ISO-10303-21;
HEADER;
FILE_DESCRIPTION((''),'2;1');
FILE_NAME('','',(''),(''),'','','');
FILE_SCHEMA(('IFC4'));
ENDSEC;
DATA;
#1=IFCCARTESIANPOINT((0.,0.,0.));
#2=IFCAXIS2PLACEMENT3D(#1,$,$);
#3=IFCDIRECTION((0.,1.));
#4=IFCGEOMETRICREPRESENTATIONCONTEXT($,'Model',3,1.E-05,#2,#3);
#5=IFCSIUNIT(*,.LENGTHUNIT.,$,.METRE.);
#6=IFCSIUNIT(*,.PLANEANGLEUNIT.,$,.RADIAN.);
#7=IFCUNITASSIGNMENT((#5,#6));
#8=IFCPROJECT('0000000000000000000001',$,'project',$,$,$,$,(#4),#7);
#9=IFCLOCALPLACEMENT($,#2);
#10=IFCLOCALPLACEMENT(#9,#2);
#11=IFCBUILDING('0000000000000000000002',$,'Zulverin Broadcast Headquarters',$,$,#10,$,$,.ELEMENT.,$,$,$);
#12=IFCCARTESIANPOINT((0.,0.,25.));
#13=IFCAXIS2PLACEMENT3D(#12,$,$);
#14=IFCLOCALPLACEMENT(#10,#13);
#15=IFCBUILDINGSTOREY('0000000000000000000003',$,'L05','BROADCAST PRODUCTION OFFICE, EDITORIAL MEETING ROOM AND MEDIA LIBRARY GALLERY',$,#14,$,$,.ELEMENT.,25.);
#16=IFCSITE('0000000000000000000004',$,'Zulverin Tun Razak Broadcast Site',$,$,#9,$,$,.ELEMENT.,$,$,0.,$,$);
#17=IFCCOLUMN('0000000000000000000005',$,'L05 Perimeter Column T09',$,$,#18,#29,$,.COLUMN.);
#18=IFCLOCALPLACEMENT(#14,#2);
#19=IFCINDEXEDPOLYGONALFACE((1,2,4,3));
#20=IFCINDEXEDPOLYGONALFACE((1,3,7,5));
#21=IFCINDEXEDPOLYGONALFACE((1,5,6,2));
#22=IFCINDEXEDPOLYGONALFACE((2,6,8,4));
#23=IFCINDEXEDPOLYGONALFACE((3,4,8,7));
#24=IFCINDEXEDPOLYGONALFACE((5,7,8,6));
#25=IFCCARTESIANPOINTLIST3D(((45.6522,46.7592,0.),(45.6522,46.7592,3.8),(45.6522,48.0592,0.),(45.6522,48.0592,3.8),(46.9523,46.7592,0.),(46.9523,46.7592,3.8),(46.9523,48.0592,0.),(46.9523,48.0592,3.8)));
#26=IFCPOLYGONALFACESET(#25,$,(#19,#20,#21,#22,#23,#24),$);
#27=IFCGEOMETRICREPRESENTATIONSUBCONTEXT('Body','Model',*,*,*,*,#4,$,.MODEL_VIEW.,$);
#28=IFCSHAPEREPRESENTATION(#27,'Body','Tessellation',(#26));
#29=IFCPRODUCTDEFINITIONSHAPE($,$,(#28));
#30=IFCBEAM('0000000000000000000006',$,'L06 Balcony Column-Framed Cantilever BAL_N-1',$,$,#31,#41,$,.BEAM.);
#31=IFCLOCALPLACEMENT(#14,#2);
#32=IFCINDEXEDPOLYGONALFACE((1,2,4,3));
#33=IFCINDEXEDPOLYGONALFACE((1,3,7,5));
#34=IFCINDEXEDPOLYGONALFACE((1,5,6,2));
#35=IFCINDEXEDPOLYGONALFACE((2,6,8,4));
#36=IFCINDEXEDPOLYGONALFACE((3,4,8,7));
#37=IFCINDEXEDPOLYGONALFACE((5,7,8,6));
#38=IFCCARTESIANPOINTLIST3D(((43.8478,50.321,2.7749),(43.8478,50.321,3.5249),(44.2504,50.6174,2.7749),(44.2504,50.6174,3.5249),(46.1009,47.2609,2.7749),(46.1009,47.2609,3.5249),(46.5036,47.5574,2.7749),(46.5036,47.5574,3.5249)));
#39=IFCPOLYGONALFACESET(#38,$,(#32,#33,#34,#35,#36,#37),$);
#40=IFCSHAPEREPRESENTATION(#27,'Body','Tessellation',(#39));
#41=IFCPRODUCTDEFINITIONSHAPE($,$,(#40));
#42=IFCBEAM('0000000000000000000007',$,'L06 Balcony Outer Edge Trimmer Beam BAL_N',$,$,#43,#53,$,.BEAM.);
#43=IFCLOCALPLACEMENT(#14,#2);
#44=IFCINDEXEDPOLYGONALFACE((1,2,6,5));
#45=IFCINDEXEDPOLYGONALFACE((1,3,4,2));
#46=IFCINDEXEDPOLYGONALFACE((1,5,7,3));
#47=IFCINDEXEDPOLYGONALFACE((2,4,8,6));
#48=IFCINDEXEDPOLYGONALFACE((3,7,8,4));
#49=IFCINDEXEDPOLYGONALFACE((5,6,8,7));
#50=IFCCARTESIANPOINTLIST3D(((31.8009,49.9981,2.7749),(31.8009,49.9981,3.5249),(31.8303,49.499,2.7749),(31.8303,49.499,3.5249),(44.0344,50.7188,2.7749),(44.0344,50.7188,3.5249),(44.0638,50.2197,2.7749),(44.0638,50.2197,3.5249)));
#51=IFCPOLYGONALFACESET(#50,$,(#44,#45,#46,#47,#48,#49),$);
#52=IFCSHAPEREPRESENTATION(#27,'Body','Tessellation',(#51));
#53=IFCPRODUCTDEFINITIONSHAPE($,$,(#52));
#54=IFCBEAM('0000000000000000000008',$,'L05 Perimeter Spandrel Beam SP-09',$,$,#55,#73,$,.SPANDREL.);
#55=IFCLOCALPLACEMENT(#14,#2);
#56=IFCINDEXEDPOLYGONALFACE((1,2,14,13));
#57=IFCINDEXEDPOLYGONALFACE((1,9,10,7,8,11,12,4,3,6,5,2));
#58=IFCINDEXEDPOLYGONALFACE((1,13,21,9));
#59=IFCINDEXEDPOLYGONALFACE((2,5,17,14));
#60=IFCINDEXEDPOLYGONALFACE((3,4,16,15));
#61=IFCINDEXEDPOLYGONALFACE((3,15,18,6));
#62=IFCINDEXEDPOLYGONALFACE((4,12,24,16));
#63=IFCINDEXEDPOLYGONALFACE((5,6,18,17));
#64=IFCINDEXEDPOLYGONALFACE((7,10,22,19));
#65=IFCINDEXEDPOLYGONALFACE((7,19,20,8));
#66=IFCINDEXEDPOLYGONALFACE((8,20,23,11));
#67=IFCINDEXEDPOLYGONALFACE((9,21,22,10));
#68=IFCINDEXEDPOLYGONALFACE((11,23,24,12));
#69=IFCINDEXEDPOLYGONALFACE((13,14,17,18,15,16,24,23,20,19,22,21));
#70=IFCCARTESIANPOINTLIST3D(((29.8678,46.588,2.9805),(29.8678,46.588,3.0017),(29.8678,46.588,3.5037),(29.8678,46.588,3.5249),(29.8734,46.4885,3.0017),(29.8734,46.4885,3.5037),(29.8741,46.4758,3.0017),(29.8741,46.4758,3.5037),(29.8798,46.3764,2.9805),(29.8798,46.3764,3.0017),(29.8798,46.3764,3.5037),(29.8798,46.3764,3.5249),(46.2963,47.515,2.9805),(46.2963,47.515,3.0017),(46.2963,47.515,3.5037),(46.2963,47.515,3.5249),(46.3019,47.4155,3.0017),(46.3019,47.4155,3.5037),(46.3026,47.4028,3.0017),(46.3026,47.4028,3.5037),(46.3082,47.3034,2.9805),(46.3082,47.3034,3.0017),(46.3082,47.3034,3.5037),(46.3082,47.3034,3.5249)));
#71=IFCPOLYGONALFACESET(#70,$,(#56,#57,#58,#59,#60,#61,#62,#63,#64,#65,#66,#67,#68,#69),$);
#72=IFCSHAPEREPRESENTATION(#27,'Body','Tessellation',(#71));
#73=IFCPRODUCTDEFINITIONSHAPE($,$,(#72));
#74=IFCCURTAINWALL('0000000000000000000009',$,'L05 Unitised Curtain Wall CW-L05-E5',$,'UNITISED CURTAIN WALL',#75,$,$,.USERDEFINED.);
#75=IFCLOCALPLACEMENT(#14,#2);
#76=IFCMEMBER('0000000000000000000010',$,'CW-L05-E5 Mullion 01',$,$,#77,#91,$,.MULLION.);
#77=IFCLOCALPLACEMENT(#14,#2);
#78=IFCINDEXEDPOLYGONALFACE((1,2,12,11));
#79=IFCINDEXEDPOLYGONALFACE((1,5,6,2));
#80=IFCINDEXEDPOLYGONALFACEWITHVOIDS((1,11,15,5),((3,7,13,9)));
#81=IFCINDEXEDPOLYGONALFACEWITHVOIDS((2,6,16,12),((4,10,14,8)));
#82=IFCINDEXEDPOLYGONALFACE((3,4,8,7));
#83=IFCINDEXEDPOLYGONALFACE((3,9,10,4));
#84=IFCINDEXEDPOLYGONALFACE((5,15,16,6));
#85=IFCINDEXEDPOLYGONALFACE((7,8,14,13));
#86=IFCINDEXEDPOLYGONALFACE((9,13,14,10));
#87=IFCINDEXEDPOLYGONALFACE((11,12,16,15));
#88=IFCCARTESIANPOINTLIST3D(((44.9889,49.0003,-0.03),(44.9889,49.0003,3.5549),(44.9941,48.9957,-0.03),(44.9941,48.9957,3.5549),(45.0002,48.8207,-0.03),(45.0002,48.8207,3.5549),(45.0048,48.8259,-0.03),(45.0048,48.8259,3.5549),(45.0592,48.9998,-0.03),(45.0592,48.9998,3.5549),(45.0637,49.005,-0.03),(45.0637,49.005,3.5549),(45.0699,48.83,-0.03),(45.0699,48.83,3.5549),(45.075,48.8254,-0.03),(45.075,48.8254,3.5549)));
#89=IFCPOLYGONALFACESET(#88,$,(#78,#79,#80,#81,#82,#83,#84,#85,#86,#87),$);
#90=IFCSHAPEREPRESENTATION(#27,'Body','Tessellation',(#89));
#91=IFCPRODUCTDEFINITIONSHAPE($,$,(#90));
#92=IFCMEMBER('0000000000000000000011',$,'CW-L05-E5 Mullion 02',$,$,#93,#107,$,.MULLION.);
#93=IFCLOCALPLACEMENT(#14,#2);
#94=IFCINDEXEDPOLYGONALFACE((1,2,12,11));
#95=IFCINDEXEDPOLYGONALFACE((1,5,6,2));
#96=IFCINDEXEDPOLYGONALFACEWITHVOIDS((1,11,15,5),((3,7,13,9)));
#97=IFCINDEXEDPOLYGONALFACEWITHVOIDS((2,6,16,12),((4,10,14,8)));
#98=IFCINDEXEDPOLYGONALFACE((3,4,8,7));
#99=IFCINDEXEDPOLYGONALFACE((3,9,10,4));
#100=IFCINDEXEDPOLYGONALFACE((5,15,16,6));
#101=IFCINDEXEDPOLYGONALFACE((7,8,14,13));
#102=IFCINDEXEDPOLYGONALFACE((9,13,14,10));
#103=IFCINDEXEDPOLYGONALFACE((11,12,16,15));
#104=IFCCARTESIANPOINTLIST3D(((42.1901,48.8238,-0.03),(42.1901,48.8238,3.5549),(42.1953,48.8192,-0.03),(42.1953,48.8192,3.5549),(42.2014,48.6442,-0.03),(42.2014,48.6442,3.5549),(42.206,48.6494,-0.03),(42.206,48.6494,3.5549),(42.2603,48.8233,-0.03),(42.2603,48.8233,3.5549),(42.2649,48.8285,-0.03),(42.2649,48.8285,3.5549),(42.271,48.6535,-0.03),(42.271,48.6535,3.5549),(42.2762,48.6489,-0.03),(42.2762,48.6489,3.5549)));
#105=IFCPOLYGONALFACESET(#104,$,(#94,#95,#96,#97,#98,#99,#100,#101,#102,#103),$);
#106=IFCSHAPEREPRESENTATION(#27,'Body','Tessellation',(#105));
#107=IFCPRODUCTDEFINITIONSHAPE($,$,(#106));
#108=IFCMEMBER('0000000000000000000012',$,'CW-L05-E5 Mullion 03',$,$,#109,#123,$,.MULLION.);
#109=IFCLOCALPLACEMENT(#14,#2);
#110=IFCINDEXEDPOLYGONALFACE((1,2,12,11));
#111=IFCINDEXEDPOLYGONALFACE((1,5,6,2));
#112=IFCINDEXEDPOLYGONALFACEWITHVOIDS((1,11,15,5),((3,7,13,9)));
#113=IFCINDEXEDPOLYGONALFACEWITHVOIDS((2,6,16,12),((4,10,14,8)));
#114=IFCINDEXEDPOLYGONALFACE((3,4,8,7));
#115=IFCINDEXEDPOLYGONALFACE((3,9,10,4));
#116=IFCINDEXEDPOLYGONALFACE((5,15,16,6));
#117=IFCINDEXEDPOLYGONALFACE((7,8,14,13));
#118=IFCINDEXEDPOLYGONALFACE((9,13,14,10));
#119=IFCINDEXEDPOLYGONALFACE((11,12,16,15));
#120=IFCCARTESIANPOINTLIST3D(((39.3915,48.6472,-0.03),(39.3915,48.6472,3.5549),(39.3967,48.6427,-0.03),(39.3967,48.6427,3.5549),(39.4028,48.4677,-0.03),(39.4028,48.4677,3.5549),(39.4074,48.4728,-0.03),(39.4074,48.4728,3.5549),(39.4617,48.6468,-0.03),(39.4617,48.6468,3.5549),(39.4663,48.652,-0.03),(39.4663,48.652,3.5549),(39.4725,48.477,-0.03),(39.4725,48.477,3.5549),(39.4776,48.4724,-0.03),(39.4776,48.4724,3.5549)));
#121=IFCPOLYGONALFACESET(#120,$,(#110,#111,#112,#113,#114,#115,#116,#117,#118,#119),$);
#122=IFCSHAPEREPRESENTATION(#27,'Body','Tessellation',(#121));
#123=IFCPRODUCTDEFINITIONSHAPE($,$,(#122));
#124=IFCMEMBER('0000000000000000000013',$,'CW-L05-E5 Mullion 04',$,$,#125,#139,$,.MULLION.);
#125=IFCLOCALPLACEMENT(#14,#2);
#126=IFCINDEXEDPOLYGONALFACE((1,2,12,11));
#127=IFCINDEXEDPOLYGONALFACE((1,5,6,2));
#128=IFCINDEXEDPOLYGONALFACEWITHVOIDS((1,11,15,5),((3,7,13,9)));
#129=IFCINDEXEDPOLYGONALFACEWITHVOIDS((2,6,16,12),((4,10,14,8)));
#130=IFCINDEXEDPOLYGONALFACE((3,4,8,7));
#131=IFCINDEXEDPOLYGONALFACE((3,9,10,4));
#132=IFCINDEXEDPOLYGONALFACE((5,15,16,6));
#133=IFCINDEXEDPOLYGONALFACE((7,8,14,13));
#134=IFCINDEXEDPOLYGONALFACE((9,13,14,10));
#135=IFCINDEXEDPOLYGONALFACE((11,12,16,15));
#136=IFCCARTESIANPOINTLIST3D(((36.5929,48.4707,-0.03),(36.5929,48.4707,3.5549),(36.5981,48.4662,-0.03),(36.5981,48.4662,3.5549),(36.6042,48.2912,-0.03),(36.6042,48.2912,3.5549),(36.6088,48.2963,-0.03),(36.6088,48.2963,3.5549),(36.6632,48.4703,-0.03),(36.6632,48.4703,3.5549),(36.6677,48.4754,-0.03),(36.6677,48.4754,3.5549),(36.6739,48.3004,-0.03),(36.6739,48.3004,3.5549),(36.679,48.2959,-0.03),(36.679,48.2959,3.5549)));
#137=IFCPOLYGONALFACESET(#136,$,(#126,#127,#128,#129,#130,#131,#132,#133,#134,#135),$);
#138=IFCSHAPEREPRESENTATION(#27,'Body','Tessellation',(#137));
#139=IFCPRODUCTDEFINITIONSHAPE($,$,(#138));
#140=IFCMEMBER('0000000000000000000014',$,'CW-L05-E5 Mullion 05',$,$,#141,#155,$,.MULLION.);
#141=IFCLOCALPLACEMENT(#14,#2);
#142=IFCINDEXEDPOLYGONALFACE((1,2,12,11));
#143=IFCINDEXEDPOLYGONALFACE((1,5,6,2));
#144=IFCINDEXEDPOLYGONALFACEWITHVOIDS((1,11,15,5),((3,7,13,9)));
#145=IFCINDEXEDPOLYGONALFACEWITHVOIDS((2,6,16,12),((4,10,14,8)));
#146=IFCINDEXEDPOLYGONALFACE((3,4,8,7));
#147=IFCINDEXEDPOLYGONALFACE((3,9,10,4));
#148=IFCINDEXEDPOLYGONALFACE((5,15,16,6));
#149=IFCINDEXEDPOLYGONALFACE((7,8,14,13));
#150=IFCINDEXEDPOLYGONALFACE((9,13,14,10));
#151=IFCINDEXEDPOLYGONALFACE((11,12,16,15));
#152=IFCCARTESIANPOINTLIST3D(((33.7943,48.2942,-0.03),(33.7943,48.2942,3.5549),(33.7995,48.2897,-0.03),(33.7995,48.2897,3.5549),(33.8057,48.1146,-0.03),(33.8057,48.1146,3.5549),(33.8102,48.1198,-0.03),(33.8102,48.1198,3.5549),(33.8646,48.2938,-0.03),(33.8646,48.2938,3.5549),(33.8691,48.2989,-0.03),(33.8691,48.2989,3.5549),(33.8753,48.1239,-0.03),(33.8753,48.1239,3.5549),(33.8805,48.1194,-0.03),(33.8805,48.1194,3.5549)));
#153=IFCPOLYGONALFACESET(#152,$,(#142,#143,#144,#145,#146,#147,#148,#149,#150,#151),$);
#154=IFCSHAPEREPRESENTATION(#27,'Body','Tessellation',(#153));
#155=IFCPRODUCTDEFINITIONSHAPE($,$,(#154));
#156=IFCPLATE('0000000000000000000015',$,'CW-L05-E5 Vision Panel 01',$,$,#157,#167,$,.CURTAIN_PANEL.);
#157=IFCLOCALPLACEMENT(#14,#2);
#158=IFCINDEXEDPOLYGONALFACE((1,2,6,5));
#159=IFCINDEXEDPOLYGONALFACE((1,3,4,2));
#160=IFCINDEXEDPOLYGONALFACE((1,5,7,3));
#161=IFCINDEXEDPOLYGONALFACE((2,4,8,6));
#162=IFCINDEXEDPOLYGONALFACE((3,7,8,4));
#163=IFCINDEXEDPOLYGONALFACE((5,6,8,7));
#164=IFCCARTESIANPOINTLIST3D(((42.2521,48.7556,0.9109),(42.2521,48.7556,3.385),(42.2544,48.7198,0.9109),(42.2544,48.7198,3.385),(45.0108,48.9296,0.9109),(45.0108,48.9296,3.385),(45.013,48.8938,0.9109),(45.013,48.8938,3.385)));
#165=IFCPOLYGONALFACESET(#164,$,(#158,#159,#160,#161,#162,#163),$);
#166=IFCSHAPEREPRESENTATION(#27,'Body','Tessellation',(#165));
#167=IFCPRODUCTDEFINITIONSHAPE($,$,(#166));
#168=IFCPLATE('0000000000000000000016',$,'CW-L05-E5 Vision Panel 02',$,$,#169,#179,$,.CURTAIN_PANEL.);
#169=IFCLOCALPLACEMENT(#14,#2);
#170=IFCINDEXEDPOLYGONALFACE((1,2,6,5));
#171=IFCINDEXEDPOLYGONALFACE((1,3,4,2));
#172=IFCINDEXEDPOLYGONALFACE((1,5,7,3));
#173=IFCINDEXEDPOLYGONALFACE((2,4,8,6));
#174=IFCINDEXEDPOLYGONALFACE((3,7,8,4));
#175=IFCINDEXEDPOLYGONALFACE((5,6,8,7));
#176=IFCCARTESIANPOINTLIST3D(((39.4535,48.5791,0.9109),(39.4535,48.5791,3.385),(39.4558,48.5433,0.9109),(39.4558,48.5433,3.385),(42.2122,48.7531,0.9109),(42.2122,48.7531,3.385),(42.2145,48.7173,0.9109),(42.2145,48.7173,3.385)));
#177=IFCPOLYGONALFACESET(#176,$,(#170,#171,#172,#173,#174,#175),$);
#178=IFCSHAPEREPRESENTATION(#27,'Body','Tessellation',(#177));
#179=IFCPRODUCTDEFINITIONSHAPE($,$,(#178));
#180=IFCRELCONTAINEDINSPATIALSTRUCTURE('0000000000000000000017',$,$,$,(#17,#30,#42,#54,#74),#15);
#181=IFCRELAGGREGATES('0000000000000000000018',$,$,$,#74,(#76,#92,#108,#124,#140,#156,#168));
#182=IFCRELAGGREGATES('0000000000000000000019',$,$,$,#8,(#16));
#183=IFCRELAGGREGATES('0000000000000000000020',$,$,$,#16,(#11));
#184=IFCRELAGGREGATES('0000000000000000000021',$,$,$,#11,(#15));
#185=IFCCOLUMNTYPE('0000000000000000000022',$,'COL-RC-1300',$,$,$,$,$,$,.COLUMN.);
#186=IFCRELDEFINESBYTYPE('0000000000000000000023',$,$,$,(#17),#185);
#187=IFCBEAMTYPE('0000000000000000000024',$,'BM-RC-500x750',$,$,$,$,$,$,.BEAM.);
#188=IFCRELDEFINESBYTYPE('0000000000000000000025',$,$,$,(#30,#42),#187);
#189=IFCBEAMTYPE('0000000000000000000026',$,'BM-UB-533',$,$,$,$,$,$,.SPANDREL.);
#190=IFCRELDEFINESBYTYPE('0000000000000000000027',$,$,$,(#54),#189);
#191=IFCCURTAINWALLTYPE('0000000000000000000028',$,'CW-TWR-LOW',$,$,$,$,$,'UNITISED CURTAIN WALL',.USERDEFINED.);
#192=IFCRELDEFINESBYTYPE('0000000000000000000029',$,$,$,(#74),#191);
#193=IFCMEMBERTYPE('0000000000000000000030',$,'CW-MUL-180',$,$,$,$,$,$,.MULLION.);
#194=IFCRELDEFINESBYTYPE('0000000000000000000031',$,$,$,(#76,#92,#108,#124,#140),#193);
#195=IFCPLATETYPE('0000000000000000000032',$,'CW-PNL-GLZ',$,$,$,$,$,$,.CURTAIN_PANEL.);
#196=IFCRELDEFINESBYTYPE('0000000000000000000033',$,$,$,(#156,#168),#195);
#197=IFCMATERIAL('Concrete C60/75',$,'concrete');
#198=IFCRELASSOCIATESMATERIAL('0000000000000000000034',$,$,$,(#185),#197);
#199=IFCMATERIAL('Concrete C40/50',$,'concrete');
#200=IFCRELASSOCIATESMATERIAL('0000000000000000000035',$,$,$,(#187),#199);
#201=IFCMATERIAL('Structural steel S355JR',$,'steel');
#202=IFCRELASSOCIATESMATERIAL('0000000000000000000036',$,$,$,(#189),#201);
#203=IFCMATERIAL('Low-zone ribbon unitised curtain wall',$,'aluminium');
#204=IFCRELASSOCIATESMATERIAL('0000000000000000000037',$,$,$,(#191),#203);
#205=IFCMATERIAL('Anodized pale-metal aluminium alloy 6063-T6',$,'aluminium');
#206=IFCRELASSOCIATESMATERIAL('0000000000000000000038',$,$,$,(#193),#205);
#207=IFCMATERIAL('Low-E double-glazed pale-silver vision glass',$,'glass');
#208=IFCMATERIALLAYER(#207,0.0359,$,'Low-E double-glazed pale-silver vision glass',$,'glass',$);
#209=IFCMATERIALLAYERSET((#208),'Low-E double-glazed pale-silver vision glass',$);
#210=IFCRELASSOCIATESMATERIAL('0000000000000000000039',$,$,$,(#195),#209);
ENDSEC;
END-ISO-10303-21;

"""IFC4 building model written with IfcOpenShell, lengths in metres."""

from ifc_helpers import new_model, si_unit, direction, frame, origin, origin_2d, place, context, subcontext, project, spatial, rectangle, hollow_rectangle, i_section, extrude, material, layer, layer_set, material_profile, profile_set, type_object, element, aggregate, save


model = new_model("IFC4")

# Units and contexts
model_context = context("Model", 3, precision=1e-05, world=origin(), true_north=direction((0.0, 1.0)))
body_context = subcontext(model_context, "Body", "Model", "MODEL_VIEW")
ifc_project = project(units=[si_unit("LENGTHUNIT", "METRE"), si_unit("PLANEANGLEUNIT", "RADIAN")], contexts=[model_context])

# Site, building, storey
site_placement = place(None, origin())
site = spatial("IfcSite", under=ifc_project, at=site_placement, Name="Zulverin Tun Razak Broadcast Site", CompositionType="ELEMENT", RefElevation=0.0)
building_placement = place(site_placement, origin())
building = spatial("IfcBuilding", under=site, at=building_placement, Name="Zulverin Broadcast Headquarters", CompositionType="ELEMENT")
storey_placement = place(building_placement, frame((0.0, 0.0, 25.0)))
storey = spatial("IfcBuildingStorey", under=building, at=storey_placement, Name="L05", Description="BROADCAST PRODUCTION OFFICE, EDITORIAL MEETING ROOM AND MEDIA LIBRARY GALLERY", CompositionType="ELEMENT", Elevation=25.0)

# Column
ifc_material_1 = material(Name="Concrete C60/75", Category="concrete")
ifc_material_profile_1 = material_profile(ifc_material_1, rectangle(XDim=1.3, YDim=1.3, at=origin_2d()), Name="Concrete C60/75", Category="concrete")
ifc_profile_set_1 = profile_set([ifc_material_profile_1], Name="Concrete C60/75")
column_type = type_object("IfcColumnType", Name="COL-RC-1300", PredefinedType="COLUMN", material=ifc_profile_set_1)
column_placement = place(storey_placement, frame((46.3022, 47.4092, 0.0), z_axis=(0.0, 0.0, 1.0), x_axis=(1.0, 0.0, 0.0)))
element("IfcColumn", 1, at=column_placement, inside=storey, type_object=column_type, Name="L05 Perimeter Column T09", PredefinedType="COLUMN", context=body_context, shape_type="SweptSolid", body=[
    extrude(rectangle(XDim=1.3, YDim=1.3, at=origin_2d()), origin(), (0.0, 0.0, 1.0), 3.8),
])

# Beams
ifc_material_2 = material(Name="Concrete C40/50", Category="concrete")
ifc_material_profile_2 = material_profile(ifc_material_2, rectangle(XDim=0.5, YDim=0.75, at=origin_2d()), Name="Concrete C40/50", Category="concrete")
ifc_profile_set_2 = profile_set([ifc_material_profile_2], Name="Concrete C40/50")
beam_type_1 = type_object("IfcBeamType", Name="BM-RC-500x750", PredefinedType="BEAM", material=ifc_profile_set_2)
beam_1_placement = place(storey_placement, frame((46.3022, 47.4092, 3.1499), z_axis=(-0.592925, 0.805258, 0.0), x_axis=(-0.805258, -0.592925, 0.0)))
element("IfcBeam", 2, at=beam_1_placement, inside=storey, type_object=beam_type_1, Name="L06 Balcony Column-Framed Cantilever BAL_N-1", PredefinedType="BEAM", context=body_context, shape_type="SweptSolid", body=[
    extrude(rectangle(XDim=0.5, YDim=0.75, at=origin_2d()), origin(), (0.0, 0.0, 1.0), 3.8),
])
beam_2_placement = place(storey_placement, frame((44.0491, 50.4692, 3.1499), z_axis=(-0.998269, -0.058811, 0.0), x_axis=(0.058811, -0.998269, 0.0)))
element("IfcBeam", 3, at=beam_2_placement, inside=storey, type_object=beam_type_1, Name="L06 Balcony Outer Edge Trimmer Beam BAL_N", PredefinedType="BEAM", context=body_context, shape_type="SweptSolid", body=[
    extrude(rectangle(XDim=0.5, YDim=0.75, at=origin_2d()), origin(), (0.0, 0.0, 1.0), 12.2546),
])
ifc_material_3 = material(Name="Structural steel S355JR", Category="steel")
ifc_material_profile_3 = material_profile(ifc_material_3, i_section(OverallWidth=0.2119, OverallDepth=0.5444, WebThickness=0.0127, FlangeThickness=0.0212, at=origin_2d()), Name="Structural steel S355JR", Category="steel")
ifc_profile_set_3 = profile_set([ifc_material_profile_3], Name="Structural steel S355JR")
beam_type_2 = type_object("IfcBeamType", Name="BM-UB-533", PredefinedType="SPANDREL", material=ifc_profile_set_3)
beam_3_placement = place(storey_placement, frame((46.3022, 47.4092, 3.2527), z_axis=(-0.998412, -0.056337, 0.0), x_axis=(0.056337, -0.998412, 0.0)))
element("IfcBeam", 4, at=beam_3_placement, inside=storey, type_object=beam_type_2, Name="L05 Perimeter Spandrel Beam SP-09", PredefinedType="SPANDREL", context=body_context, shape_type="SweptSolid", body=[
    extrude(i_section(OverallWidth=0.2119, OverallDepth=0.5444, WebThickness=0.0127, FlangeThickness=0.0212, at=origin_2d()), origin(), (0.0, 0.0, 1.0), 16.4546),
])

# Curtain wall, members, plates
ifc_material_4 = material(Name="Low-zone ribbon unitised curtain wall", Category="aluminium")
curtain_wall_type = type_object("IfcCurtainWallType", Name="CW-TWR-LOW", ElementType="UNITISED CURTAIN WALL", PredefinedType="USERDEFINED", material=ifc_material_4)
curtain_wall_placement = place(storey_placement, origin())
curtain_wall = element("IfcCurtainWall", 5, at=curtain_wall_placement, inside=storey, type_object=curtain_wall_type, Name="L05 Unitised Curtain Wall CW-L05-E5", ObjectType="UNITISED CURTAIN WALL", PredefinedType="USERDEFINED")
ifc_material_5 = material(Name="Anodized pale-metal aluminium alloy 6063-T6", Category="aluminium")
ifc_material_profile_4 = material_profile(ifc_material_5, hollow_rectangle(XDim=0.075, YDim=0.1799, WallThickness=0.0049, at=origin_2d()), Name="Anodized pale-metal aluminium alloy 6063-T6", Category="aluminium")
ifc_profile_set_4 = profile_set([ifc_material_profile_4], Name="Anodized pale-metal aluminium alloy 6063-T6")
member_type = type_object("IfcMemberType", Name="CW-MUL-180", PredefinedType="MULLION", material=ifc_profile_set_4)
member_1_placement = place(storey_placement, frame((45.032, 48.9128, -0.03), z_axis=(0.0, 0.0, 1.0), x_axis=(-0.998018, -0.062935, 0.0)))
member_1 = element("IfcMember", 6, at=member_1_placement, type_object=member_type, Name="CW-L05-E5 Mullion 01", PredefinedType="MULLION", context=body_context, shape_type="SweptSolid", body=[
    extrude(hollow_rectangle(XDim=0.075, YDim=0.1799, WallThickness=0.0049, at=origin_2d()), origin(), (0.0, 0.0, 1.0), 3.585),
])
member_2_placement = place(storey_placement, frame((42.2332, 48.7363, -0.03), z_axis=(0.0, 0.0, 1.0), x_axis=(-0.998018, -0.062935, 0.0)))
member_2 = element("IfcMember", 7, at=member_2_placement, type_object=member_type, Name="CW-L05-E5 Mullion 02", PredefinedType="MULLION", context=body_context, shape_type="SweptSolid", body=[
    extrude(hollow_rectangle(XDim=0.075, YDim=0.1799, WallThickness=0.0049, at=origin_2d()), origin(), (0.0, 0.0, 1.0), 3.585),
])
member_3_placement = place(storey_placement, frame((39.4346, 48.5598, -0.03), z_axis=(0.0, 0.0, 1.0), x_axis=(-0.998018, -0.062935, 0.0)))
member_3 = element("IfcMember", 8, at=member_3_placement, type_object=member_type, Name="CW-L05-E5 Mullion 03", PredefinedType="MULLION", context=body_context, shape_type="SweptSolid", body=[
    extrude(hollow_rectangle(XDim=0.075, YDim=0.1799, WallThickness=0.0049, at=origin_2d()), origin(), (0.0, 0.0, 1.0), 3.585),
])
member_4_placement = place(storey_placement, frame((36.636, 48.3833, -0.03), z_axis=(0.0, 0.0, 1.0), x_axis=(-0.998018, -0.062935, 0.0)))
member_4 = element("IfcMember", 9, at=member_4_placement, type_object=member_type, Name="CW-L05-E5 Mullion 04", PredefinedType="MULLION", context=body_context, shape_type="SweptSolid", body=[
    extrude(hollow_rectangle(XDim=0.075, YDim=0.1799, WallThickness=0.0049, at=origin_2d()), origin(), (0.0, 0.0, 1.0), 3.585),
])
member_5_placement = place(storey_placement, frame((33.8374, 48.2068, -0.03), z_axis=(0.0, 0.0, 1.0), x_axis=(-0.998018, -0.062935, 0.0)))
member_5 = element("IfcMember", 10, at=member_5_placement, type_object=member_type, Name="CW-L05-E5 Mullion 05", PredefinedType="MULLION", context=body_context, shape_type="SweptSolid", body=[
    extrude(hollow_rectangle(XDim=0.075, YDim=0.1799, WallThickness=0.0049, at=origin_2d()), origin(), (0.0, 0.0, 1.0), 3.585),
])
ifc_material_6 = material(Name="Low-E double-glazed pale-silver vision glass", Category="glass")
ifc_layer_1 = layer(ifc_material_6, 0.0359, Name="Low-E double-glazed pale-silver vision glass", Category="glass")
ifc_layer_set_1 = layer_set([ifc_layer_1], Name="Low-E double-glazed pale-silver vision glass")
plate_type_1 = type_object("IfcPlateType", Name="CW-PNL-GLZ", PredefinedType="CURTAIN_PANEL", material=ifc_layer_set_1)
plate_1_placement = place(storey_placement, frame((43.6326, 48.8247, 0.9109), z_axis=(0.0, 0.0, 1.0), x_axis=(-0.998018, -0.062935, 0.0)))
plate_1 = element("IfcPlate", 11, at=plate_1_placement, type_object=plate_type_1, Name="CW-L05-E5 Vision Panel 01", PredefinedType="CURTAIN_PANEL", context=body_context, shape_type="SweptSolid", body=[
    extrude(rectangle(XDim=2.7642, YDim=0.0359, at=origin_2d()), origin(), (0.0, 0.0, 1.0), 2.4741),
])
plate_2_placement = place(storey_placement, frame((40.834, 48.6482, 0.9109), z_axis=(0.0, 0.0, 1.0), x_axis=(-0.998018, -0.062935, 0.0)))
plate_2 = element("IfcPlate", 12, at=plate_2_placement, type_object=plate_type_1, Name="CW-L05-E5 Vision Panel 02", PredefinedType="CURTAIN_PANEL", context=body_context, shape_type="SweptSolid", body=[
    extrude(rectangle(XDim=2.7642, YDim=0.0359, at=origin_2d()), origin(), (0.0, 0.0, 1.0), 2.4741),
])
aggregate(curtain_wall, [member_1, member_2, member_3, member_4, member_5, plate_1, plate_2])

save(model, "model.ifc")
